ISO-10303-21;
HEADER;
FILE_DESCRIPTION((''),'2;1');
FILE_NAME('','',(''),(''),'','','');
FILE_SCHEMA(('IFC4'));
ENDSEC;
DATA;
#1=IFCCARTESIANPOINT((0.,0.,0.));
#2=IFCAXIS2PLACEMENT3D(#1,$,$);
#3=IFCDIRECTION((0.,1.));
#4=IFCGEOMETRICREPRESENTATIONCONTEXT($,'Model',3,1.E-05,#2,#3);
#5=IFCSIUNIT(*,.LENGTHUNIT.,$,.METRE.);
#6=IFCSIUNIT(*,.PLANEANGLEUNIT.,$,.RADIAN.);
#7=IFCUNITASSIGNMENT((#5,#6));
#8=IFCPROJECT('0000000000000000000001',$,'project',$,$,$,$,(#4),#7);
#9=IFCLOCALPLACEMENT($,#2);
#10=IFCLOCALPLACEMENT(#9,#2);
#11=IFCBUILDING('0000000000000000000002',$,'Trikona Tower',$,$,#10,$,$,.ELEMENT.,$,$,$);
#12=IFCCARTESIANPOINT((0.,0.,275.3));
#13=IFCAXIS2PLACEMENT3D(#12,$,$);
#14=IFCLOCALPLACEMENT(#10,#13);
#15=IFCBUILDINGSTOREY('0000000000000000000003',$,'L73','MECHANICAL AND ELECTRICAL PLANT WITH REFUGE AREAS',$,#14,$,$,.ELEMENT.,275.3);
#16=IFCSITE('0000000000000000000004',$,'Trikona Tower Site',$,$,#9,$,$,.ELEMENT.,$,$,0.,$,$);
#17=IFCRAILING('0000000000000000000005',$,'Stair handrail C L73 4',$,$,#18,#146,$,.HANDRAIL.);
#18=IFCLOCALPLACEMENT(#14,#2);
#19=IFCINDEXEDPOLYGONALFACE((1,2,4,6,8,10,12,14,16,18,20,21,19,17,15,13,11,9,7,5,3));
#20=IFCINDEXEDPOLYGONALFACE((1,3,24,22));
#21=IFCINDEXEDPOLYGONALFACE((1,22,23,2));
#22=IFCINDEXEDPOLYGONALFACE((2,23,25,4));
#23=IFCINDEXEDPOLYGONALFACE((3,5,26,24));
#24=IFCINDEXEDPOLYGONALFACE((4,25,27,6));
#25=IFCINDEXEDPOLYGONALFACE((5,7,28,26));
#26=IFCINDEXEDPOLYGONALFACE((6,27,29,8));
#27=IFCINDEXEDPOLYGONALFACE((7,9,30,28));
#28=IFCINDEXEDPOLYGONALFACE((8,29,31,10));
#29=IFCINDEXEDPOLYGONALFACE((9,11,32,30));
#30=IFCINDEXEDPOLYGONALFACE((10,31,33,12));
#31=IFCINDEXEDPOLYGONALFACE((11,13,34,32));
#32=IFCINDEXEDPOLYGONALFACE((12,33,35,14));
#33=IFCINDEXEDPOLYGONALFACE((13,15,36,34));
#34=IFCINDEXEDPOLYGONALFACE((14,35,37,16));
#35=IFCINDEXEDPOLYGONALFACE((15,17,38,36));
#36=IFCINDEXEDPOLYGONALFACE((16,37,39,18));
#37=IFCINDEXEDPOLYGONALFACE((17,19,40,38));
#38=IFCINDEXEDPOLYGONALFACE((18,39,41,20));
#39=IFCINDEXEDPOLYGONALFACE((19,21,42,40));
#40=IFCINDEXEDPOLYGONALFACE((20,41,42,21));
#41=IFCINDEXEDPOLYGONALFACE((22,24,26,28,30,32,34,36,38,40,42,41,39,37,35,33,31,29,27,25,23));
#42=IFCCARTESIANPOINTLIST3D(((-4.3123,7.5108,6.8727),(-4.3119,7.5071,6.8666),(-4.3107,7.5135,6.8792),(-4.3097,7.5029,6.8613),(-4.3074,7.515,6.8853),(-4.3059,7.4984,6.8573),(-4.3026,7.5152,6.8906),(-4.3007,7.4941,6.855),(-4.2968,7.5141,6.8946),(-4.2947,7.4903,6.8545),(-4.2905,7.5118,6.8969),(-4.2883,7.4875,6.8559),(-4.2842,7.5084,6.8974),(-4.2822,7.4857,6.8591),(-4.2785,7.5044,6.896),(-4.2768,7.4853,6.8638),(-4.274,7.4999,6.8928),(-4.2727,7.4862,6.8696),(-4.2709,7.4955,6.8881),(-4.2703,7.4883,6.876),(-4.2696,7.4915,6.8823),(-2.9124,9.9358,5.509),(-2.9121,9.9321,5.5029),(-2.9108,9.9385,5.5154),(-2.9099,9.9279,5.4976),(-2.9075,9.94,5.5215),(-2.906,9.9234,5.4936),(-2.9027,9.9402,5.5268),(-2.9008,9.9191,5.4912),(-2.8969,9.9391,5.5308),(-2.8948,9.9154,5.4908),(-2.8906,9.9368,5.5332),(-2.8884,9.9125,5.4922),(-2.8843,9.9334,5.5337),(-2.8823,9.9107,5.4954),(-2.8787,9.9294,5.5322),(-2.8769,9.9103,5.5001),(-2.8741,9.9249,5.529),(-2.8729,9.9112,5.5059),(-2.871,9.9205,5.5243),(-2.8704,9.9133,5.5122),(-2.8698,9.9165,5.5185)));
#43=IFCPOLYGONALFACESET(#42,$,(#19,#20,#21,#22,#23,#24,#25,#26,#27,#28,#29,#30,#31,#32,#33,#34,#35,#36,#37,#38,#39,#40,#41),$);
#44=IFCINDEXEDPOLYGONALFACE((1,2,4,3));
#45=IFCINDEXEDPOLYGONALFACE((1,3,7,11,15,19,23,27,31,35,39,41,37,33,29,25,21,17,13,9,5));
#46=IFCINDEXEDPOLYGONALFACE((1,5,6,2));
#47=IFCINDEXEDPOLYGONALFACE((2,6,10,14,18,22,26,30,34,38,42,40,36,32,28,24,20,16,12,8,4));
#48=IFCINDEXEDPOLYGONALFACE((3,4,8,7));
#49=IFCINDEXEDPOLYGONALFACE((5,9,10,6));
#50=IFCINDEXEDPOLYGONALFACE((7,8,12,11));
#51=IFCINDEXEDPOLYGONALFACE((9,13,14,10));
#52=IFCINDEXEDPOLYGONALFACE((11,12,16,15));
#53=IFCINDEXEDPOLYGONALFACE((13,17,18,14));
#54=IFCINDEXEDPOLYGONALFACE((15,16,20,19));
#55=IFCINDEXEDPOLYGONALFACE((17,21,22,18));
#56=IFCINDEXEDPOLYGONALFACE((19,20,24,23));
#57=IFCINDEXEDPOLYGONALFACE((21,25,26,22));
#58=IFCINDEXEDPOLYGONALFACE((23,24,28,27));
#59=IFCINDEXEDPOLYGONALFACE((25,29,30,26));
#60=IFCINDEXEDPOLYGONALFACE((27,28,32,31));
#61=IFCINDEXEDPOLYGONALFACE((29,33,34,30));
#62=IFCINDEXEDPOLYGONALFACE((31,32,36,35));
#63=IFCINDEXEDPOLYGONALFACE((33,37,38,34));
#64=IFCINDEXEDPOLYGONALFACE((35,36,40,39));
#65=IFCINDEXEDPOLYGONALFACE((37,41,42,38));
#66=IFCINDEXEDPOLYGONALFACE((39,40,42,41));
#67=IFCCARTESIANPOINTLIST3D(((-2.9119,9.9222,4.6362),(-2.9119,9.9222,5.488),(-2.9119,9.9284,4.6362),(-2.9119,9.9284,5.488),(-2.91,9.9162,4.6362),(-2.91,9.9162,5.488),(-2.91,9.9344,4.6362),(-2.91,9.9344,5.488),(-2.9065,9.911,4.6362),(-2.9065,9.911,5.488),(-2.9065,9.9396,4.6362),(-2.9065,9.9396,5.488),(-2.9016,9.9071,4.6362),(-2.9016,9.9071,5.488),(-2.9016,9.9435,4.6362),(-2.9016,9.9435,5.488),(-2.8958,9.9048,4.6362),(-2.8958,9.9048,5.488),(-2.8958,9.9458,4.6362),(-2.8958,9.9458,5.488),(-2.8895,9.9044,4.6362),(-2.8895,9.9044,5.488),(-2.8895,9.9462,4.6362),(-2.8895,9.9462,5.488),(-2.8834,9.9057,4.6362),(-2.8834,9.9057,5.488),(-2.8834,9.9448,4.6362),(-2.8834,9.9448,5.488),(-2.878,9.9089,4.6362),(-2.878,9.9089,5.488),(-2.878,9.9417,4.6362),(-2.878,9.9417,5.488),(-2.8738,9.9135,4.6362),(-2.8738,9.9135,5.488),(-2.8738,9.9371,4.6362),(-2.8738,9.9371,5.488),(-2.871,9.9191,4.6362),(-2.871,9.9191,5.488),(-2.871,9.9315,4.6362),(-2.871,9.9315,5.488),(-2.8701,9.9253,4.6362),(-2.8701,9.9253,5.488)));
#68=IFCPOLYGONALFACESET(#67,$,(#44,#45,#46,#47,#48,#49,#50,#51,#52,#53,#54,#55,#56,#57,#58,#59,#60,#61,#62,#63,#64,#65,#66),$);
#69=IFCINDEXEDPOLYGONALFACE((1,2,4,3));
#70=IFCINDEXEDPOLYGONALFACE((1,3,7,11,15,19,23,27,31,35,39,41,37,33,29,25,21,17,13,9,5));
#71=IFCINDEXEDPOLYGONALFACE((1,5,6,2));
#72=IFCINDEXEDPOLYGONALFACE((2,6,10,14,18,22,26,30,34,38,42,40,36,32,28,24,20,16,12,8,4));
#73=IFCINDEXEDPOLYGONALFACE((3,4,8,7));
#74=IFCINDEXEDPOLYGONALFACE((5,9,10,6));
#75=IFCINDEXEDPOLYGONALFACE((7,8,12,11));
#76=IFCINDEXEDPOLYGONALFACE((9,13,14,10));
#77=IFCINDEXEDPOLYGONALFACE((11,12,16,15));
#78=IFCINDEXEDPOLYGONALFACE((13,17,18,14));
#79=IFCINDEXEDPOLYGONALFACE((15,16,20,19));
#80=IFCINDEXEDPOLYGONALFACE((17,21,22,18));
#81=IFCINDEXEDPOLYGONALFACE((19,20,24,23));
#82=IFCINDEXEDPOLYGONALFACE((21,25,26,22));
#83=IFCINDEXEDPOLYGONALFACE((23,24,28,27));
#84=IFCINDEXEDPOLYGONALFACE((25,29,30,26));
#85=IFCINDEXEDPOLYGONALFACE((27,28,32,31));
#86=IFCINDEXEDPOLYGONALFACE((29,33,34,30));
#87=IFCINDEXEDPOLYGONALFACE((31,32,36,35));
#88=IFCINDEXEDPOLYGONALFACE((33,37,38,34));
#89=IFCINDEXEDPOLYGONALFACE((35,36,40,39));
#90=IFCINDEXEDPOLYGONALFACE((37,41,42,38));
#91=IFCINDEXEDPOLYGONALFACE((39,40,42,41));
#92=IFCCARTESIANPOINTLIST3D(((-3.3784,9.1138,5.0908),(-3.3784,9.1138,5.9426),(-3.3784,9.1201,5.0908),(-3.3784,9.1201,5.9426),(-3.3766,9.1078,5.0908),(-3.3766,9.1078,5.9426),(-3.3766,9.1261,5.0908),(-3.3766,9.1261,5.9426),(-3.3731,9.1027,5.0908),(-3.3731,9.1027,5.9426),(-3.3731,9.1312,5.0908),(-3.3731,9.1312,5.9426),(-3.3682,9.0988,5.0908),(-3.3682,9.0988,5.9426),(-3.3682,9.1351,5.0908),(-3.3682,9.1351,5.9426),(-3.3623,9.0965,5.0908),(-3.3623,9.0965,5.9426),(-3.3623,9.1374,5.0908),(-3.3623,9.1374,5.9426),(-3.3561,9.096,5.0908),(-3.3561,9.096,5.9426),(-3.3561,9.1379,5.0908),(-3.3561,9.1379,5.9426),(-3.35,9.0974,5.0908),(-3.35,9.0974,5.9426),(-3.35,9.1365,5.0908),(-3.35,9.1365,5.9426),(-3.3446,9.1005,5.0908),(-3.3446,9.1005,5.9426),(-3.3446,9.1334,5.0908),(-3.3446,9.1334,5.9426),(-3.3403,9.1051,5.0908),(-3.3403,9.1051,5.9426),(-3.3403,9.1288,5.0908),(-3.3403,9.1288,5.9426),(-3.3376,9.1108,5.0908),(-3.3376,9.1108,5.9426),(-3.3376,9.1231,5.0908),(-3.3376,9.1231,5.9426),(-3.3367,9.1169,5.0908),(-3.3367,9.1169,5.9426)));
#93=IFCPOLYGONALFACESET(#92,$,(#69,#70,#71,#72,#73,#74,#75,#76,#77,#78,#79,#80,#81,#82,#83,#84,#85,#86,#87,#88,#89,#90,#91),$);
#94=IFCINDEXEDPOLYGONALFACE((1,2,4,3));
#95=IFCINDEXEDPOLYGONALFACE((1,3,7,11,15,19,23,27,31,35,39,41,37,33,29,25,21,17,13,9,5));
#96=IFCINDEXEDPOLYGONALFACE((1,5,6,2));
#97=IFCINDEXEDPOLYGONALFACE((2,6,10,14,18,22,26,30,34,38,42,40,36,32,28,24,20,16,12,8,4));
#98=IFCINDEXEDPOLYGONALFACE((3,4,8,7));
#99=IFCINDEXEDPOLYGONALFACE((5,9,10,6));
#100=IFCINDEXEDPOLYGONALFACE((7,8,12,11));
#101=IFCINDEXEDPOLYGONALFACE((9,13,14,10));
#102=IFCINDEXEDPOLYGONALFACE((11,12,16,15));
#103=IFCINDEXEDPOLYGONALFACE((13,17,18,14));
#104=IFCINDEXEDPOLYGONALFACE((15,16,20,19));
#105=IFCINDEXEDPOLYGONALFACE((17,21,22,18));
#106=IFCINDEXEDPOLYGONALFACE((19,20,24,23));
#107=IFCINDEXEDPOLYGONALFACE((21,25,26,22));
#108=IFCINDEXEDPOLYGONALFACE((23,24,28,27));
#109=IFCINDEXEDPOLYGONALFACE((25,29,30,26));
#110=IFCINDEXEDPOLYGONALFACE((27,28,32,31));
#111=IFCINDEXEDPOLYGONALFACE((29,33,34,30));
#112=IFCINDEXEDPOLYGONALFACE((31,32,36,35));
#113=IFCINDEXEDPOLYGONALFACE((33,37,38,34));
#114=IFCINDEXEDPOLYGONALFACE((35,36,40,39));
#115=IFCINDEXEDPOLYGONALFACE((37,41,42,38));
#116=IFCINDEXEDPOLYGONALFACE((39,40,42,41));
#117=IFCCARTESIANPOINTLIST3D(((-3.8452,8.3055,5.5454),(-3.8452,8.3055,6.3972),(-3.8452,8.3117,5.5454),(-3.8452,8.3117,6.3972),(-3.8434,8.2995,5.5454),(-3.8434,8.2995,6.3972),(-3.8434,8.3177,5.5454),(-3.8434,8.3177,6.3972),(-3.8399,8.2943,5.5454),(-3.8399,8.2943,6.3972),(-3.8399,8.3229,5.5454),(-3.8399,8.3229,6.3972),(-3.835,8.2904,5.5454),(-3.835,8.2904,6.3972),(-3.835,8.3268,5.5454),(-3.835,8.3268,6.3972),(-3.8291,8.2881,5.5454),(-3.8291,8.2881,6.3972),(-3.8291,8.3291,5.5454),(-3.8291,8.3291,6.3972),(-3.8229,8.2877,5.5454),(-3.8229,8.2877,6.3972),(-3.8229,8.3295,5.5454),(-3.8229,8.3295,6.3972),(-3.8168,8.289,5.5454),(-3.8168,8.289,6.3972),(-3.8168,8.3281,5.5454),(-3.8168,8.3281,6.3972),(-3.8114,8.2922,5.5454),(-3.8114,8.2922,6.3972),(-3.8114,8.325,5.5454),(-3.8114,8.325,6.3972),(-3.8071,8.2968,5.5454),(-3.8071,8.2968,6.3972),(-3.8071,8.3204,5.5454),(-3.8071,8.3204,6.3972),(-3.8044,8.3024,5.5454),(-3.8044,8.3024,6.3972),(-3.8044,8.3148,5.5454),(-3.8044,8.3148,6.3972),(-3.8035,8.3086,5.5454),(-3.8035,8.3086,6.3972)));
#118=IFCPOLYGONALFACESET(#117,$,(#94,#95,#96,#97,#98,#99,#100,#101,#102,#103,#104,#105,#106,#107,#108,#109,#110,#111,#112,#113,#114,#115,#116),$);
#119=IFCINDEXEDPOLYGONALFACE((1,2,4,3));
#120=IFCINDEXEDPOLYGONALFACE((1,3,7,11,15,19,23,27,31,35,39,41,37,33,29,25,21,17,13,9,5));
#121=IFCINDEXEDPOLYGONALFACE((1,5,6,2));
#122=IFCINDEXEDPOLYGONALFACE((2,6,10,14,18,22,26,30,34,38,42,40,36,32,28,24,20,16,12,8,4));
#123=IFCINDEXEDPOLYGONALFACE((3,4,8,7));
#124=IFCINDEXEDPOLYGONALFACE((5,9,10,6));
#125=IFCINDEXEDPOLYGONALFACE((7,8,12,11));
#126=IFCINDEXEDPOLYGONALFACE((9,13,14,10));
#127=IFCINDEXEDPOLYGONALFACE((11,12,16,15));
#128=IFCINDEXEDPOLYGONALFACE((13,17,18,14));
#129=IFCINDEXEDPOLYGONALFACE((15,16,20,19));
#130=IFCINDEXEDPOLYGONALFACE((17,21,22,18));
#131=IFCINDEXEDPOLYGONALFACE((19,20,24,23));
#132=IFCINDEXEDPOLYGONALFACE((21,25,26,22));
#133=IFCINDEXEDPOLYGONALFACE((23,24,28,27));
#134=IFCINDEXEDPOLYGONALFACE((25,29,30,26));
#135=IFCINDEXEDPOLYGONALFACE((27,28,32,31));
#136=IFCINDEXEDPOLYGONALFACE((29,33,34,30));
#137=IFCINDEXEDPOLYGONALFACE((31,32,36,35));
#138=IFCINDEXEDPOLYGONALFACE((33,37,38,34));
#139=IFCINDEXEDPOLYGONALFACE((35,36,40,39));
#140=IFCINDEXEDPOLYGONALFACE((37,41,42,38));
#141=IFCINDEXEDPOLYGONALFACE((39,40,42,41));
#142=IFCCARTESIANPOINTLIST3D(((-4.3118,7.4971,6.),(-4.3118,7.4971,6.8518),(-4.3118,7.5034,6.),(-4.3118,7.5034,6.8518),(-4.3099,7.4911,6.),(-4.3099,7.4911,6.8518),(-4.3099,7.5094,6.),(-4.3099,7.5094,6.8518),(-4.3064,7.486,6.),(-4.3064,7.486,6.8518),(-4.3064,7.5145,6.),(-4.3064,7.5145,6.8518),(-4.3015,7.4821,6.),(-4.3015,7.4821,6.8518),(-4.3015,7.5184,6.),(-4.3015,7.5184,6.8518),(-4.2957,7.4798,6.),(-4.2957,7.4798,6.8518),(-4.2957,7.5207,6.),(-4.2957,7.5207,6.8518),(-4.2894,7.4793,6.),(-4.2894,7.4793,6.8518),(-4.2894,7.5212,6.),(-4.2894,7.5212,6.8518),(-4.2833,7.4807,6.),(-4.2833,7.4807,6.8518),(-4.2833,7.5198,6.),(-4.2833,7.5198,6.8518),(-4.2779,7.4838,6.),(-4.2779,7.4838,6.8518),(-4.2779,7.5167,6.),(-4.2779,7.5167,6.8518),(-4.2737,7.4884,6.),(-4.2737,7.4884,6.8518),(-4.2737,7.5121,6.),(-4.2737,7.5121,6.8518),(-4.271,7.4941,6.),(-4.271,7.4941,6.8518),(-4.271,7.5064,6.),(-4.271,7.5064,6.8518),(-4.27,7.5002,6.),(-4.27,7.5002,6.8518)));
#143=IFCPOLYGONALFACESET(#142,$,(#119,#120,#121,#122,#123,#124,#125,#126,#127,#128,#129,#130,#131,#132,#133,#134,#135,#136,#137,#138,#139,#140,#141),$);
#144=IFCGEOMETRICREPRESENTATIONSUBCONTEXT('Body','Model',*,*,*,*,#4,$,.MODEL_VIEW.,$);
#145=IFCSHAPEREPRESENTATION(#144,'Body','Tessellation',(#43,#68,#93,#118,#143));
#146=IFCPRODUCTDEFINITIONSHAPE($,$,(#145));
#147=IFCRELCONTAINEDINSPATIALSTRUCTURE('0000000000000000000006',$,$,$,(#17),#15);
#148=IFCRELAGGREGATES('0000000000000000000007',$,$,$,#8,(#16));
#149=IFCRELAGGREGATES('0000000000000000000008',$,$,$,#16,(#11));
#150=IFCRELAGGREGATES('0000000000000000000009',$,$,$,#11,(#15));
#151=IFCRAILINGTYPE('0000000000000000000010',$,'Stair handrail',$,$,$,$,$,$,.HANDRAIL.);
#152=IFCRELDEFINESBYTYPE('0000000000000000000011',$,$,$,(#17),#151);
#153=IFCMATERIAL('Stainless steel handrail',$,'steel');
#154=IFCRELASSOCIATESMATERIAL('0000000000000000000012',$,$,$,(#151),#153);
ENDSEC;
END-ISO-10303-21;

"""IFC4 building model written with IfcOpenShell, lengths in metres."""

from ifc_helpers import new_model, si_unit, direction, frame, origin, origin_2d, place, context, subcontext, project, spatial, circle, extrude, material, type_object, element, save


model = new_model("IFC4")

# Units and contexts
model_context = context("Model", 3, precision=1e-05, world=origin(), true_north=direction((0.0, 1.0)))
body_context = subcontext(model_context, "Body", "Model", "MODEL_VIEW")
ifc_project = project(units=[si_unit("LENGTHUNIT", "METRE"), si_unit("PLANEANGLEUNIT", "RADIAN")], contexts=[model_context])

# Site, building, storey
site_placement = place(None, origin())
site = spatial("IfcSite", under=ifc_project, at=site_placement, Name="Trikona Tower Site", CompositionType="ELEMENT", RefElevation=0.0)
building_placement = place(site_placement, origin())
building = spatial("IfcBuilding", under=site, at=building_placement, Name="Trikona Tower", CompositionType="ELEMENT")
storey_placement = place(building_placement, frame((0.0, 0.0, 275.3)))
storey = spatial("IfcBuildingStorey", under=building, at=storey_placement, Name="L73", Description="MECHANICAL AND ELECTRICAL PLANT WITH REFUGE AREAS", CompositionType="ELEMENT", Elevation=275.3)

# Railing
ifc_material_1 = material(Name="Stainless steel handrail", Category="steel")
railing_type = type_object("IfcRailingType", Name="Stair handrail", PredefinedType="HANDRAIL", material=ifc_material_1)
for number, where, name in (
    (1, (-2.8911, 9.9253, 4.6362), "Stair handrail C L73 4"),
):
    element("IfcRailing", number, at=place(storey_placement, frame(where)), inside=storey, type_object=railing_type, Name=name, PredefinedType="HANDRAIL", context=body_context, shape_type="SweptSolid", body=[
        extrude(circle(Radius=0.0239, at=origin_2d()), frame((0.0, 0.0, 0.876), z_axis=(-0.449471, -0.778618, 0.43787), x_axis=(0.866056, -0.499946, 0.0)), (0.0, 0.0, 1.0), 3.1145),
        extrude(circle(Radius=0.021, at=origin_2d()), origin(), (0.0, 0.0, 1.0), 0.8518),
        extrude(circle(Radius=0.021, at=origin_2d()), frame((-0.4666, -0.8083, 0.4546)), (0.0, 0.0, 1.0), 0.8518),
        extrude(circle(Radius=0.021, at=origin_2d()), frame((-0.9333, -1.6167, 0.9092)), (0.0, 0.0, 1.0), 0.8518),
        extrude(circle(Radius=0.021, at=origin_2d()), frame((-1.3999, -2.425, 1.3638)), (0.0, 0.0, 1.0), 0.8518),
    ])

save(model, "model.ifc")
